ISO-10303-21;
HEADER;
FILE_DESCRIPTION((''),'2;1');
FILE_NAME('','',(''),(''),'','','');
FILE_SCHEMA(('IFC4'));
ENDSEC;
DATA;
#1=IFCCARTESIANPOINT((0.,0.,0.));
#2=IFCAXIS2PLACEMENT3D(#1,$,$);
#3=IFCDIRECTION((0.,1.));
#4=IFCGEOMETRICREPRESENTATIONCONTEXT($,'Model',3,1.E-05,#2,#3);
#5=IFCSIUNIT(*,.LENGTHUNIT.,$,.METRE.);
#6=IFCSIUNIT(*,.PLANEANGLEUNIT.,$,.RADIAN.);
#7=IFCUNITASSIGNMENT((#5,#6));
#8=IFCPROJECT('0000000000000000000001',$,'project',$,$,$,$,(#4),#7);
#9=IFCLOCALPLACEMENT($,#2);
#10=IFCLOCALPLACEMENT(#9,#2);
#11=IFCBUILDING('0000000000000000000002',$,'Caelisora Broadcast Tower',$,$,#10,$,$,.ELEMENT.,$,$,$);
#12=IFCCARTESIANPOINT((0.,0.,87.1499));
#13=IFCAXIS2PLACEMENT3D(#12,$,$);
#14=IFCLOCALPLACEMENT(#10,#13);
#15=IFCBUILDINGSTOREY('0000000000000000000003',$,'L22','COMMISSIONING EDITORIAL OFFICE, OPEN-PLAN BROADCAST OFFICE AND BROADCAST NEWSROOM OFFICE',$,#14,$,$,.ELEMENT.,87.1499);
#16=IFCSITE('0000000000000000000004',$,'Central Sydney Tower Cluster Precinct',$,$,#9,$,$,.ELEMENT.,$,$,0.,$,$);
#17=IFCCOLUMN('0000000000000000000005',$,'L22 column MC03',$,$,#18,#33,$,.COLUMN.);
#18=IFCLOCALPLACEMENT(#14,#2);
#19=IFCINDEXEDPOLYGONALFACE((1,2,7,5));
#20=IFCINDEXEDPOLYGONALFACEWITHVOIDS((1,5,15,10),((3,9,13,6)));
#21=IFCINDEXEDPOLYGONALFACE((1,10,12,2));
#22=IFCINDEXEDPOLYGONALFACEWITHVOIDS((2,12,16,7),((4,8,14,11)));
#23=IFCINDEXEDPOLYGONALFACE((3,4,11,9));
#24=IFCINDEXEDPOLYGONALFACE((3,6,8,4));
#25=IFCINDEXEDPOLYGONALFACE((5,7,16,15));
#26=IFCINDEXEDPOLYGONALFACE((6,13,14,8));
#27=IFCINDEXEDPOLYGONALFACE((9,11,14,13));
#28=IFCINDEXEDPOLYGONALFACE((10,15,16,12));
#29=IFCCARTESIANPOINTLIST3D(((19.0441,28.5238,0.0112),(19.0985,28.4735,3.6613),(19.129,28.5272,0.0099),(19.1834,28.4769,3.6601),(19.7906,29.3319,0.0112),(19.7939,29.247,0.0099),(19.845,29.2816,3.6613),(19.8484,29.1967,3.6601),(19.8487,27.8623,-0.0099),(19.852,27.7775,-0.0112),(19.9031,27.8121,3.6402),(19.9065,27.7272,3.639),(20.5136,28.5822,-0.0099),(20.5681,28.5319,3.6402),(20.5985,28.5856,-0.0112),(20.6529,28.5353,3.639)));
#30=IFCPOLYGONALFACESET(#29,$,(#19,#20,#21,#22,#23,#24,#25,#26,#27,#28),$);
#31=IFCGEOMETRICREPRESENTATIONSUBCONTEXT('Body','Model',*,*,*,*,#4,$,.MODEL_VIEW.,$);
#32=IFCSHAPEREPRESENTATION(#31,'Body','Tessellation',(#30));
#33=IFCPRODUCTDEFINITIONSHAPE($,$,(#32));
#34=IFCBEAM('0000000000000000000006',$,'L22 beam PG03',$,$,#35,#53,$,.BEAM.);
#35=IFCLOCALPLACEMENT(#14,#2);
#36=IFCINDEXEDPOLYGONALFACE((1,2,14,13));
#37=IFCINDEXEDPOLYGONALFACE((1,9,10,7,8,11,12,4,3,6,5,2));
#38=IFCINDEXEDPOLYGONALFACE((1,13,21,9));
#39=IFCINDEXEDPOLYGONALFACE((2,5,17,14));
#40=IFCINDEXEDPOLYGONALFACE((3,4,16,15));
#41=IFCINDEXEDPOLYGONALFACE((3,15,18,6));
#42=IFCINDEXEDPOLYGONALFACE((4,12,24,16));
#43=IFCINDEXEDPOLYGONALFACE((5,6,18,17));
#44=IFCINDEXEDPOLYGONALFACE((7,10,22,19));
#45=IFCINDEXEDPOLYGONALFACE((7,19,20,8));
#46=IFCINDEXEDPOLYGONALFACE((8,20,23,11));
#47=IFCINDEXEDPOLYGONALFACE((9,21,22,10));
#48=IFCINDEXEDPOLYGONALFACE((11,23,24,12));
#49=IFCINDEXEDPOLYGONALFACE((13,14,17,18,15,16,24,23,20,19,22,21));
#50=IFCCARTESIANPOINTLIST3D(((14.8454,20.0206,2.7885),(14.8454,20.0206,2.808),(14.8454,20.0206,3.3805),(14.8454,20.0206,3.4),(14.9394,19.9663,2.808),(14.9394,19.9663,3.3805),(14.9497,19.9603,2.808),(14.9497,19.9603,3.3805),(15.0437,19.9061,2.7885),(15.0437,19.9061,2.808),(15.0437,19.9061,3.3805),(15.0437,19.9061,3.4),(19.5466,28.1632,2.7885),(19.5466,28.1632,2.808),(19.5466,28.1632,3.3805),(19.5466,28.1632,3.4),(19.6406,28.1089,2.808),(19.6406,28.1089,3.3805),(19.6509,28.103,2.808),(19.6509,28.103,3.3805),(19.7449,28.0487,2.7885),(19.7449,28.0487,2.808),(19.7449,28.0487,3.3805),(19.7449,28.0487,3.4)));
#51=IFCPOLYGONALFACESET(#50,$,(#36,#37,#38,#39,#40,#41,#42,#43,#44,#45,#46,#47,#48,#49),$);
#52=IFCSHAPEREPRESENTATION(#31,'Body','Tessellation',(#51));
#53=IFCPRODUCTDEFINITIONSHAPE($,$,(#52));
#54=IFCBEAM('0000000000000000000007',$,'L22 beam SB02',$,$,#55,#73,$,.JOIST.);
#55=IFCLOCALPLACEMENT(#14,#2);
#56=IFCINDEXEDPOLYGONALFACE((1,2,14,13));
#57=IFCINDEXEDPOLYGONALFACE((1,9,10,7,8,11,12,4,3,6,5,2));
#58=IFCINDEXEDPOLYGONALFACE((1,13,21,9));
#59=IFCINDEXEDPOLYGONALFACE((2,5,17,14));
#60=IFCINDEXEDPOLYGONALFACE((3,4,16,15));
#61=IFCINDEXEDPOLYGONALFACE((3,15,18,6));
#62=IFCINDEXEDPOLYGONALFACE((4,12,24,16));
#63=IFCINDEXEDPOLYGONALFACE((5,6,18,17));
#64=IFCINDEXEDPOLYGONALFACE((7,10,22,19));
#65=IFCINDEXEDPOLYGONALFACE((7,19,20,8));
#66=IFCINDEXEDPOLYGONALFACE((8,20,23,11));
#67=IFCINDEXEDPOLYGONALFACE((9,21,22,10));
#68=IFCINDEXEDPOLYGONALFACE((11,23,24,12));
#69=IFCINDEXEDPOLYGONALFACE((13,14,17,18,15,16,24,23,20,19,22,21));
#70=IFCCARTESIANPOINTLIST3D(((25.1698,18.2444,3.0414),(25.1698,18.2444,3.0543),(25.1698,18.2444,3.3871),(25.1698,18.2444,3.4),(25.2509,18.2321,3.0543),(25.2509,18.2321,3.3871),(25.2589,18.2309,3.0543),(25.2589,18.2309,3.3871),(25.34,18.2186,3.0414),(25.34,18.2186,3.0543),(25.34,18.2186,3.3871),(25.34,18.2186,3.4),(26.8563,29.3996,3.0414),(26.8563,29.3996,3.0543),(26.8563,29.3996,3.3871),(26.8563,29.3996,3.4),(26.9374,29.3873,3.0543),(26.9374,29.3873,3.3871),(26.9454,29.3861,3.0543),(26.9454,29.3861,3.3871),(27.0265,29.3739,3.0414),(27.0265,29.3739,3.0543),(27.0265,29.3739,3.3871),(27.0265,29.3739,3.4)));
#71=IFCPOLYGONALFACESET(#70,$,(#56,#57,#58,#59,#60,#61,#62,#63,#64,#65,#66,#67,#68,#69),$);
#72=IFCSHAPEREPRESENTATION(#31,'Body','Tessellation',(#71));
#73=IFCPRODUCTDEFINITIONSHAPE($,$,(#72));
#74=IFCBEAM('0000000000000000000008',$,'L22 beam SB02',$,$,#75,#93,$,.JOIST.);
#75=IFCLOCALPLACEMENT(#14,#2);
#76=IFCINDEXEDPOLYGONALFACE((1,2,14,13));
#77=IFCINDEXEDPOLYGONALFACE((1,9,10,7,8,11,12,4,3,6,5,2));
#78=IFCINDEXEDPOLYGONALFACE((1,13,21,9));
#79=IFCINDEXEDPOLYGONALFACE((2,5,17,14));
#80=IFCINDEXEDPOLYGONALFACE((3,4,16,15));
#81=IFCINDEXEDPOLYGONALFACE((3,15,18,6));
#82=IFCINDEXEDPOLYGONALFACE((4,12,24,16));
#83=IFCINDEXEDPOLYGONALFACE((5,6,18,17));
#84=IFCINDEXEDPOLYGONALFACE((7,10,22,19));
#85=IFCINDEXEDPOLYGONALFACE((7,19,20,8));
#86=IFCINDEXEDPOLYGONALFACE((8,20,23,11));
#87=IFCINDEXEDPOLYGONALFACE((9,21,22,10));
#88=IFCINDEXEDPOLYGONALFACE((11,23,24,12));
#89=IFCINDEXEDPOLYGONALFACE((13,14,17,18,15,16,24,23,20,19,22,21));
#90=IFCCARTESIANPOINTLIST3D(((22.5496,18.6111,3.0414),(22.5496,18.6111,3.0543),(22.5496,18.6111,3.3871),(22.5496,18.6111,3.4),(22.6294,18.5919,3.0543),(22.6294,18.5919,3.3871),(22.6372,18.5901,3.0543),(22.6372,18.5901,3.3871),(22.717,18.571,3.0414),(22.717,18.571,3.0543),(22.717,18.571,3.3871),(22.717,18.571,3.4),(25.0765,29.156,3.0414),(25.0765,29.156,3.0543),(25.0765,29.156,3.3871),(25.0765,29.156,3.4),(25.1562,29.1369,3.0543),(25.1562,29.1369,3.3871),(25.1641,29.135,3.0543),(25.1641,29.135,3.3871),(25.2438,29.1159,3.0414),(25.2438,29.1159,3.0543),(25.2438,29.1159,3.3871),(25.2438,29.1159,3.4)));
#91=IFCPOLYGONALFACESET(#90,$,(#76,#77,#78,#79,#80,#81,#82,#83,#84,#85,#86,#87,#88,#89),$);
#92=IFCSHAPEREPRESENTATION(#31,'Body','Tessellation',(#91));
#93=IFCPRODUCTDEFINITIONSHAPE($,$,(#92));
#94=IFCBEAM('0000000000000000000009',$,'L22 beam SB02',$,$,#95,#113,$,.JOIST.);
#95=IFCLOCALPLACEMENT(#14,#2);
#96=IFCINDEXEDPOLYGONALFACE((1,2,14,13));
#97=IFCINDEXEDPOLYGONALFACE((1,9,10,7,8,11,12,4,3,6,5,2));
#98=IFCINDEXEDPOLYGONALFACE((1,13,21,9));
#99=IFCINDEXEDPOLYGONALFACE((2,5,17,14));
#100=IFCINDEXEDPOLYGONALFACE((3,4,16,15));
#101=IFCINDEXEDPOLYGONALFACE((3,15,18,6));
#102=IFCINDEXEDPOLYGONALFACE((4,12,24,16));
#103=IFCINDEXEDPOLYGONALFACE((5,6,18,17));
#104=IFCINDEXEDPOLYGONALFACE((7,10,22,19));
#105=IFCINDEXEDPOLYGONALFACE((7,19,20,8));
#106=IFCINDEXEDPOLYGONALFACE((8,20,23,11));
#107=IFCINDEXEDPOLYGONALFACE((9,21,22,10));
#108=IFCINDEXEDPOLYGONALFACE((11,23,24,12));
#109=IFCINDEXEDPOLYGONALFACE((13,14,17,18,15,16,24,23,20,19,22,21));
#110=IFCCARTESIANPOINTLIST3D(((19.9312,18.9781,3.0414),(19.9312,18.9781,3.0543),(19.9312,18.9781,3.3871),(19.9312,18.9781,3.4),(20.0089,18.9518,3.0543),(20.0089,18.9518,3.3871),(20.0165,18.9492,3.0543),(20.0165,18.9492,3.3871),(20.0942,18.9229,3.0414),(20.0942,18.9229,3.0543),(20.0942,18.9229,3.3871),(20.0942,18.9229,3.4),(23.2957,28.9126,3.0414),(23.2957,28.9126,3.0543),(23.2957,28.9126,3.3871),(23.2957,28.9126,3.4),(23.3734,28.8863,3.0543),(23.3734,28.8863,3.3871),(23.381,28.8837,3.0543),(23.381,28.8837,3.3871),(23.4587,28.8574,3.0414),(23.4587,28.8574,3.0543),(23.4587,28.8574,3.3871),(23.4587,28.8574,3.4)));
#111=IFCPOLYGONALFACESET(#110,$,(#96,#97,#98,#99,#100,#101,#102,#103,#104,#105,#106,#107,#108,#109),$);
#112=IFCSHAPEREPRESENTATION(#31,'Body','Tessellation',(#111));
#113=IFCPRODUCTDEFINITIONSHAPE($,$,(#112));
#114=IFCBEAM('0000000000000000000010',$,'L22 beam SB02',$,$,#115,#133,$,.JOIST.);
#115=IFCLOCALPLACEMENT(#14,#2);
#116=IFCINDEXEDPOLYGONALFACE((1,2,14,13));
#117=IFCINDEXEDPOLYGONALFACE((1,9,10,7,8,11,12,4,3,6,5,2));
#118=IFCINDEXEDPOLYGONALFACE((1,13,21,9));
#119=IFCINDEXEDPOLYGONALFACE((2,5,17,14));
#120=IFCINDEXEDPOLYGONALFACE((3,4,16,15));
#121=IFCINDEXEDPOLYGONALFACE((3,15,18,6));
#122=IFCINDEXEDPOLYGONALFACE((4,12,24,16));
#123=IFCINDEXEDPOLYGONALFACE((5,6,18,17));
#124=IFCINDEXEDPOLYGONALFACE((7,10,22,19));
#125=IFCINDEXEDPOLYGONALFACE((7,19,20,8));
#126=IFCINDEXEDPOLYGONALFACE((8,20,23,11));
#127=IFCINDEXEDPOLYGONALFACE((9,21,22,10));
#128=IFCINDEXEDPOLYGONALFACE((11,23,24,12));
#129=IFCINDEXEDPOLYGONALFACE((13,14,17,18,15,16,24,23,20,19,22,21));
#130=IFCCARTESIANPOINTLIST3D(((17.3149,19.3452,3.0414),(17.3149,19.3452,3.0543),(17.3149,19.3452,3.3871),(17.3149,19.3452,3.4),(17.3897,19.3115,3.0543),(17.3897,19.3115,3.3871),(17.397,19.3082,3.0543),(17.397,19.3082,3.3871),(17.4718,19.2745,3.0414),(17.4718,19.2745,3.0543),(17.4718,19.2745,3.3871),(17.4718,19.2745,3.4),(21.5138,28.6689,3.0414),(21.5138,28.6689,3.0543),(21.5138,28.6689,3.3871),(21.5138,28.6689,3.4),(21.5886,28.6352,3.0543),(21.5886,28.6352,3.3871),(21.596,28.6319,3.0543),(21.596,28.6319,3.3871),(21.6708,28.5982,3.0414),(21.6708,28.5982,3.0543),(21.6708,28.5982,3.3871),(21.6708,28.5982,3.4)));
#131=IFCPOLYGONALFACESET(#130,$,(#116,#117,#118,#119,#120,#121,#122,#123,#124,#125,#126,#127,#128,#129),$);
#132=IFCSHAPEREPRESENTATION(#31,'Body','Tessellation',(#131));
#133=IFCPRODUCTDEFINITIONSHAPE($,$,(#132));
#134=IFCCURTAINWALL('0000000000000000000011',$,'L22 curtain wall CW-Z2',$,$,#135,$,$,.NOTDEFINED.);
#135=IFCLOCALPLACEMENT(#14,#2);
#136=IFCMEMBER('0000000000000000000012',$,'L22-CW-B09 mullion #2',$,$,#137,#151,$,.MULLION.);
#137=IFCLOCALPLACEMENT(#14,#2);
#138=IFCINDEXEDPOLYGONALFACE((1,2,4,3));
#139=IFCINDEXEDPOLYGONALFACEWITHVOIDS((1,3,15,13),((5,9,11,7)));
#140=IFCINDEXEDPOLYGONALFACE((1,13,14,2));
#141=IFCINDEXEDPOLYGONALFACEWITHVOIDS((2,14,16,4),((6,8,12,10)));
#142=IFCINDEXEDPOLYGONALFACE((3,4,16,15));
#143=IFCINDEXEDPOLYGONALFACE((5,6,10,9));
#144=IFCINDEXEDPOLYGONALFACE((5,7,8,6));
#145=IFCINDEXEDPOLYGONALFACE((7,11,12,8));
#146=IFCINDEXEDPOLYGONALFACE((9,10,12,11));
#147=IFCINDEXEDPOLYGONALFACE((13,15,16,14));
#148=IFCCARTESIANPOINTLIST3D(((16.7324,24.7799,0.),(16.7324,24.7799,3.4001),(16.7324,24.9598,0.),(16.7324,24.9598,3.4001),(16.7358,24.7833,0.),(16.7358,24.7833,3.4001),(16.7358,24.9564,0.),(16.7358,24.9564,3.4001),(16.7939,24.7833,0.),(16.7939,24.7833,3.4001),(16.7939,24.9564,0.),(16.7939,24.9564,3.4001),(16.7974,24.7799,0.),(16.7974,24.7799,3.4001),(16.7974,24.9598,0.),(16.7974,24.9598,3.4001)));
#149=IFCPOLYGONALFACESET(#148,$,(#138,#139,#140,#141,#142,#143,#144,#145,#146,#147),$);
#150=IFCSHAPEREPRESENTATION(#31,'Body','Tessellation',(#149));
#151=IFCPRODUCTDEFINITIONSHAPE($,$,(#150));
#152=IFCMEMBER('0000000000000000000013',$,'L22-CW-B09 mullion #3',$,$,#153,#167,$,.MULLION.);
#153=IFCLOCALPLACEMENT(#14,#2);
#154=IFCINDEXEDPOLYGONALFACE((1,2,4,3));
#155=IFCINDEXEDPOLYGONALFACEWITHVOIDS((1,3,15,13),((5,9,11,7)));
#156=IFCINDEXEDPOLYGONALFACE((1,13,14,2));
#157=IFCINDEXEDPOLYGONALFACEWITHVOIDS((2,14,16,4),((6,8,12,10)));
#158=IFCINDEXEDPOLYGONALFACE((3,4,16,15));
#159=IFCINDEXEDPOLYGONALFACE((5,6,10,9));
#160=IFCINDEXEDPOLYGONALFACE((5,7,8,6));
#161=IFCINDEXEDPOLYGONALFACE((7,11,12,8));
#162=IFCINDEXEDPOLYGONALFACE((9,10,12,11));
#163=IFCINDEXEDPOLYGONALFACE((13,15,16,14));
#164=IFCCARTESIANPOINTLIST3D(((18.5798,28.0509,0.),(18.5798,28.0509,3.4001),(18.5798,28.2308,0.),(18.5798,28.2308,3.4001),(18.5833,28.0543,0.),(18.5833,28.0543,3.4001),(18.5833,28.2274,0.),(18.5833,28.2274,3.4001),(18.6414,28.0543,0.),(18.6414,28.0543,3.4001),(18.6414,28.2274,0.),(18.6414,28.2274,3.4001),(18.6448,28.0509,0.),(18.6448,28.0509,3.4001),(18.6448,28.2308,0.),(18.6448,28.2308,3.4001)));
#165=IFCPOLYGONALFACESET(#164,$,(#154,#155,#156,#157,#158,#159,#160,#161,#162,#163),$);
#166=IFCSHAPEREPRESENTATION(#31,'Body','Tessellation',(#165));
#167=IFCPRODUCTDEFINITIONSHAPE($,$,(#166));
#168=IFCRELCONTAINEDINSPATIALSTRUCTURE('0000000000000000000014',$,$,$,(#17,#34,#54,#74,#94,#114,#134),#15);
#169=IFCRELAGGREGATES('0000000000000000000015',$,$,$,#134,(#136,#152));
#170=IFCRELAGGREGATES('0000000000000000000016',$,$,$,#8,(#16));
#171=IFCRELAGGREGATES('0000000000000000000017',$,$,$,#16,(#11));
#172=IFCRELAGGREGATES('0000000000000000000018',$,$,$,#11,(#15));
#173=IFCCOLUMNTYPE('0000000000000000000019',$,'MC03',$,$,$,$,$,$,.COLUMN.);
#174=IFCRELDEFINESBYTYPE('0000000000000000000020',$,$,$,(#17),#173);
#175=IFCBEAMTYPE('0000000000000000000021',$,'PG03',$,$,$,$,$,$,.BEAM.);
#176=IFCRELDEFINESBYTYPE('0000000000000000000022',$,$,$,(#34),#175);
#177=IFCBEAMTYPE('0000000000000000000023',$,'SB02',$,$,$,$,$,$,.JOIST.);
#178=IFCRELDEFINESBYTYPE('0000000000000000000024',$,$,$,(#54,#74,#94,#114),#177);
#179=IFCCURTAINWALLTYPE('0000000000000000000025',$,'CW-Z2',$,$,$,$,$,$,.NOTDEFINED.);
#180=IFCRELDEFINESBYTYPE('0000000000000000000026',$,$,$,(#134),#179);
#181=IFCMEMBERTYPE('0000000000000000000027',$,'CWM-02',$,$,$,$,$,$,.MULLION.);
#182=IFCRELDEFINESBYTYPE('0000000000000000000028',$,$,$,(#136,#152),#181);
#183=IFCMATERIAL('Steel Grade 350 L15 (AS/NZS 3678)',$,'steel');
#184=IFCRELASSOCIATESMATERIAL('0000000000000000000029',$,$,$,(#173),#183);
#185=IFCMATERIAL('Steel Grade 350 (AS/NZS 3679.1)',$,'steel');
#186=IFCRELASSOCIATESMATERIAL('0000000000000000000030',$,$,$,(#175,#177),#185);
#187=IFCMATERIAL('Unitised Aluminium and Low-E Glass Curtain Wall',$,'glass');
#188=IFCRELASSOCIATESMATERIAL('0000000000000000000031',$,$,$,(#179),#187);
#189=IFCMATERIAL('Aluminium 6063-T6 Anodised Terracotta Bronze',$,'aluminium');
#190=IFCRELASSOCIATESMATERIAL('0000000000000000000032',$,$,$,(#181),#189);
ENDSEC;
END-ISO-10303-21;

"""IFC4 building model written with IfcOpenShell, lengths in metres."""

from ifc_helpers import new_model, si_unit, direction, frame, origin, origin_2d, place, context, subcontext, project, spatial, hollow_rectangle, i_section, extrude, source, transform, mapped, material, material_profile, profile_set, type_object, type_shapes, element, aggregate, save


model = new_model("IFC4")

# Units and contexts
model_context = context("Model", 3, precision=1e-05, world=origin(), true_north=direction((0.0, 1.0)))
body_context = subcontext(model_context, "Body", "Model", "MODEL_VIEW")
ifc_project = project(units=[si_unit("LENGTHUNIT", "METRE"), si_unit("PLANEANGLEUNIT", "RADIAN")], contexts=[model_context])

# Site, building, storey
site_placement = place(None, origin())
site = spatial("IfcSite", under=ifc_project, at=site_placement, Name="Central Sydney Tower Cluster Precinct", CompositionType="ELEMENT", RefElevation=0.0)
building_placement = place(site_placement, origin())
building = spatial("IfcBuilding", under=site, at=building_placement, Name="Caelisora Broadcast Tower", CompositionType="ELEMENT")
storey_placement = place(building_placement, frame((0.0, 0.0, 87.1499)))
storey = spatial("IfcBuildingStorey", under=building, at=storey_placement, Name="L22", Description="COMMISSIONING EDITORIAL OFFICE, OPEN-PLAN BROADCAST OFFICE AND BROADCAST NEWSROOM OFFICE", CompositionType="ELEMENT", Elevation=87.1499)

# Column
ifc_material_1 = material(Name="Steel Grade 350 L15 (AS/NZS 3678)", Category="steel")
ifc_material_profile_1 = material_profile(ifc_material_1, hollow_rectangle(XDim=1.1001, YDim=1.1001, WallThickness=0.0601, at=origin_2d()), Name="Steel Grade 350 L15 (AS/NZS 3678)")
ifc_profile_set_1 = profile_set([ifc_material_profile_1], Name="Steel Grade 350 L15 (AS/NZS 3678)")
column_type = type_object("IfcColumnType", Name="MC03", PredefinedType="COLUMN", material=ifc_profile_set_1)
shared_shape_1 = source(origin(), body_context, "Body", "SweptSolid", [
    extrude(hollow_rectangle(XDim=1.1001, YDim=1.1001, WallThickness=0.0601, at=origin_2d()), origin(), (0.0, 0.0, 1.0), 3.6509),
])
type_shapes(column_type, [shared_shape_1])
column_placement = place(storey_placement, frame((19.8213, 28.5547, 0.0), z_axis=(0.014912, -0.013776, 0.999794), x_axis=(0.678554, 0.734551, 0.0)))
element("IfcColumn", 1, at=column_placement, inside=storey, type_object=column_type, Name="L22 column MC03", PredefinedType="COLUMN", context=body_context, shape_type="MappedRepresentation", body=[
    mapped(shared_shape_1, transform((0.0, 0.0, 0.0), scale=1.0)),
])

# Beams
ifc_material_2 = material(Name="Steel Grade 350 (AS/NZS 3679.1)", Category="steel")
ifc_material_profile_2 = material_profile(ifc_material_2, i_section(OverallWidth=0.229, OverallDepth=0.6116, WebThickness=0.012, FlangeThickness=0.0195, at=origin_2d()), Name="Steel Grade 350 (AS/NZS 3679.1)")
ifc_profile_set_2 = profile_set([ifc_material_profile_2], Name="Steel Grade 350 (AS/NZS 3679.1)")
beam_type_1 = type_object("IfcBeamType", Name="PG03", PredefinedType="BEAM", material=ifc_profile_set_2)
shared_shape_2 = source(origin(), body_context, "Body", "SweptSolid", [
    extrude(i_section(OverallWidth=0.229, OverallDepth=0.6116, WebThickness=0.012, FlangeThickness=0.0195, at=origin_2d()), origin(), (0.0, 0.0, 1.0), 9.4023),
])
type_shapes(beam_type_1, [shared_shape_2])
beam_1_placement = place(storey_placement, frame((19.6458, 28.106, 3.0942), z_axis=(-0.500004, -0.866023, 0.0), x_axis=(0.866023, -0.500004, 0.0)))
element("IfcBeam", 2, at=beam_1_placement, inside=storey, type_object=beam_type_1, Name="L22 beam PG03", PredefinedType="BEAM", context=body_context, shape_type="MappedRepresentation", body=[
    mapped(shared_shape_2, transform((0.0, 0.0, 0.0), scale=1.0)),
])
ifc_material_profile_3 = material_profile(ifc_material_2, i_section(OverallWidth=0.1721, OverallDepth=0.3586, WebThickness=0.0081, FlangeThickness=0.0129, at=origin_2d()), Name="Steel Grade 350 (AS/NZS 3679.1)")
ifc_profile_set_3 = profile_set([ifc_material_profile_3], Name="Steel Grade 350 (AS/NZS 3679.1)")
beam_type_2 = type_object("IfcBeamType", Name="SB02", PredefinedType="JOIST", material=ifc_profile_set_3)
shared_shape_3 = source(origin(), body_context, "Body", "SweptSolid", [
    extrude(i_section(OverallWidth=0.1721, OverallDepth=0.3586, WebThickness=0.0081, FlangeThickness=0.0129, at=origin_2d()), origin(), (0.0, 0.0, 1.0), 11.282),
])
beam_2_placement = place(storey_placement, frame((26.9414, 29.3867, 3.2207), z_axis=(-0.149487, -0.988764, 0.0), x_axis=(0.988764, -0.149487, 0.0)))
element("IfcBeam", 3, at=beam_2_placement, inside=storey, type_object=beam_type_2, Name="L22 beam SB02", PredefinedType="JOIST", context=body_context, shape_type="MappedRepresentation", body=[
    mapped(shared_shape_3, transform((0.0, 0.0, 0.0), scale=1.0)),
])
shared_shape_4 = source(origin(), body_context, "Body", "SweptSolid", [
    extrude(i_section(OverallWidth=0.1721, OverallDepth=0.3586, WebThickness=0.0081, FlangeThickness=0.0129, at=origin_2d()), origin(), (0.0, 0.0, 1.0), 10.8435),
])
beam_3_placement = place(storey_placement, frame((25.1602, 29.136, 3.2207), z_axis=(-0.233031, -0.972469, 0.0), x_axis=(0.972469, -0.233031, 0.0)))
element("IfcBeam", 4, at=beam_3_placement, inside=storey, type_object=beam_type_2, Name="L22 beam SB02", PredefinedType="JOIST", context=body_context, shape_type="MappedRepresentation", body=[
    mapped(shared_shape_4, transform((0.0, 0.0, 0.0), scale=1.0)),
])
shared_shape_5 = source(origin(), body_context, "Body", "SweptSolid", [
    extrude(i_section(OverallWidth=0.1721, OverallDepth=0.3586, WebThickness=0.0081, FlangeThickness=0.0129, at=origin_2d()), origin(), (0.0, 0.0, 1.0), 10.4888),
])
beam_4_placement = place(storey_placement, frame((23.3772, 28.885, 3.2207), z_axis=(-0.32077, -0.947157, 0.0), x_axis=(0.947157, -0.32077, 0.0)))
element("IfcBeam", 5, at=beam_4_placement, inside=storey, type_object=beam_type_2, Name="L22 beam SB02", PredefinedType="JOIST", context=body_context, shape_type="MappedRepresentation", body=[
    mapped(shared_shape_5, transform((0.0, 0.0, 0.0), scale=1.0)),
])
shared_shape_6 = source(origin(), body_context, "Body", "SweptSolid", [
    extrude(i_section(OverallWidth=0.1721, OverallDepth=0.3586, WebThickness=0.0081, FlangeThickness=0.0129, at=origin_2d()), origin(), (0.0, 0.0, 1.0), 10.2256),
])
type_shapes(beam_type_2, [shared_shape_3, shared_shape_4, shared_shape_5, shared_shape_6])
beam_5_placement = place(storey_placement, frame((21.5923, 28.6335, 3.2207), z_axis=(-0.410633, -0.911801, 0.0), x_axis=(0.911801, -0.410633, 0.0)))
element("IfcBeam", 6, at=beam_5_placement, inside=storey, type_object=beam_type_2, Name="L22 beam SB02", PredefinedType="JOIST", context=body_context, shape_type="MappedRepresentation", body=[
    mapped(shared_shape_6, transform((0.0, 0.0, 0.0), scale=1.0)),
])

# Curtain wall, members
ifc_material_3 = material(Name="Unitised Aluminium and Low-E Glass Curtain Wall", Category="glass")
curtain_wall_type_1 = type_object("IfcCurtainWallType", Name="CW-Z2", PredefinedType="NOTDEFINED", material=ifc_material_3)
curtain_wall_1_placement = place(storey_placement, origin())
curtain_wall_1 = element("IfcCurtainWall", 7, at=curtain_wall_1_placement, inside=storey, type_object=curtain_wall_type_1, Name="L22 curtain wall CW-Z2", PredefinedType="NOTDEFINED")
ifc_material_4 = material(Name="Aluminium 6063-T6 Anodised Terracotta Bronze", Category="aluminium")
ifc_material_profile_4 = material_profile(ifc_material_4, hollow_rectangle(XDim=0.0649, YDim=0.1799, WallThickness=0.0034, at=origin_2d()), Name="Aluminium 6063-T6 Anodised Terracotta Bronze")
ifc_profile_set_4 = profile_set([ifc_material_profile_4], Name="Aluminium 6063-T6 Anodised Terracotta Bronze")
member_type_1 = type_object("IfcMemberType", Name="CWM-02", PredefinedType="MULLION", material=ifc_profile_set_4)
shared_shape_7 = source(origin(), body_context, "Body", "SweptSolid", [
    extrude(hollow_rectangle(XDim=0.0649, YDim=0.1799, WallThickness=0.0034, at=origin_2d()), origin(), (0.0, 0.0, 1.0), 3.4001),
])
type_shapes(member_type_1, [shared_shape_7])
member_1_placement = place(storey_placement, frame((16.7649, 24.8699, 0.0), z_axis=(0.0, 0.0, 1.0), x_axis=(1.0, 0.0, 0.0)))
member_1 = element("IfcMember", 8, at=member_1_placement, type_object=member_type_1, Name="L22-CW-B09 mullion #2", PredefinedType="MULLION", context=body_context, shape_type="MappedRepresentation", body=[
    mapped(shared_shape_7, transform((0.0, 0.0, 0.0), scale=1.0)),
])
member_2_placement = place(storey_placement, frame((18.6123, 28.1409, 0.0), z_axis=(0.0, 0.0, 1.0), x_axis=(1.0, 0.0, 0.0)))
member_2 = element("IfcMember", 9, at=member_2_placement, type_object=member_type_1, Name="L22-CW-B09 mullion #3", PredefinedType="MULLION", context=body_context, shape_type="MappedRepresentation", body=[
    mapped(shared_shape_7, transform((0.0, 0.0, 0.0), scale=1.0)),
])

aggregate(curtain_wall_1, [member_1, member_2])

save(model, "model.ifc")
